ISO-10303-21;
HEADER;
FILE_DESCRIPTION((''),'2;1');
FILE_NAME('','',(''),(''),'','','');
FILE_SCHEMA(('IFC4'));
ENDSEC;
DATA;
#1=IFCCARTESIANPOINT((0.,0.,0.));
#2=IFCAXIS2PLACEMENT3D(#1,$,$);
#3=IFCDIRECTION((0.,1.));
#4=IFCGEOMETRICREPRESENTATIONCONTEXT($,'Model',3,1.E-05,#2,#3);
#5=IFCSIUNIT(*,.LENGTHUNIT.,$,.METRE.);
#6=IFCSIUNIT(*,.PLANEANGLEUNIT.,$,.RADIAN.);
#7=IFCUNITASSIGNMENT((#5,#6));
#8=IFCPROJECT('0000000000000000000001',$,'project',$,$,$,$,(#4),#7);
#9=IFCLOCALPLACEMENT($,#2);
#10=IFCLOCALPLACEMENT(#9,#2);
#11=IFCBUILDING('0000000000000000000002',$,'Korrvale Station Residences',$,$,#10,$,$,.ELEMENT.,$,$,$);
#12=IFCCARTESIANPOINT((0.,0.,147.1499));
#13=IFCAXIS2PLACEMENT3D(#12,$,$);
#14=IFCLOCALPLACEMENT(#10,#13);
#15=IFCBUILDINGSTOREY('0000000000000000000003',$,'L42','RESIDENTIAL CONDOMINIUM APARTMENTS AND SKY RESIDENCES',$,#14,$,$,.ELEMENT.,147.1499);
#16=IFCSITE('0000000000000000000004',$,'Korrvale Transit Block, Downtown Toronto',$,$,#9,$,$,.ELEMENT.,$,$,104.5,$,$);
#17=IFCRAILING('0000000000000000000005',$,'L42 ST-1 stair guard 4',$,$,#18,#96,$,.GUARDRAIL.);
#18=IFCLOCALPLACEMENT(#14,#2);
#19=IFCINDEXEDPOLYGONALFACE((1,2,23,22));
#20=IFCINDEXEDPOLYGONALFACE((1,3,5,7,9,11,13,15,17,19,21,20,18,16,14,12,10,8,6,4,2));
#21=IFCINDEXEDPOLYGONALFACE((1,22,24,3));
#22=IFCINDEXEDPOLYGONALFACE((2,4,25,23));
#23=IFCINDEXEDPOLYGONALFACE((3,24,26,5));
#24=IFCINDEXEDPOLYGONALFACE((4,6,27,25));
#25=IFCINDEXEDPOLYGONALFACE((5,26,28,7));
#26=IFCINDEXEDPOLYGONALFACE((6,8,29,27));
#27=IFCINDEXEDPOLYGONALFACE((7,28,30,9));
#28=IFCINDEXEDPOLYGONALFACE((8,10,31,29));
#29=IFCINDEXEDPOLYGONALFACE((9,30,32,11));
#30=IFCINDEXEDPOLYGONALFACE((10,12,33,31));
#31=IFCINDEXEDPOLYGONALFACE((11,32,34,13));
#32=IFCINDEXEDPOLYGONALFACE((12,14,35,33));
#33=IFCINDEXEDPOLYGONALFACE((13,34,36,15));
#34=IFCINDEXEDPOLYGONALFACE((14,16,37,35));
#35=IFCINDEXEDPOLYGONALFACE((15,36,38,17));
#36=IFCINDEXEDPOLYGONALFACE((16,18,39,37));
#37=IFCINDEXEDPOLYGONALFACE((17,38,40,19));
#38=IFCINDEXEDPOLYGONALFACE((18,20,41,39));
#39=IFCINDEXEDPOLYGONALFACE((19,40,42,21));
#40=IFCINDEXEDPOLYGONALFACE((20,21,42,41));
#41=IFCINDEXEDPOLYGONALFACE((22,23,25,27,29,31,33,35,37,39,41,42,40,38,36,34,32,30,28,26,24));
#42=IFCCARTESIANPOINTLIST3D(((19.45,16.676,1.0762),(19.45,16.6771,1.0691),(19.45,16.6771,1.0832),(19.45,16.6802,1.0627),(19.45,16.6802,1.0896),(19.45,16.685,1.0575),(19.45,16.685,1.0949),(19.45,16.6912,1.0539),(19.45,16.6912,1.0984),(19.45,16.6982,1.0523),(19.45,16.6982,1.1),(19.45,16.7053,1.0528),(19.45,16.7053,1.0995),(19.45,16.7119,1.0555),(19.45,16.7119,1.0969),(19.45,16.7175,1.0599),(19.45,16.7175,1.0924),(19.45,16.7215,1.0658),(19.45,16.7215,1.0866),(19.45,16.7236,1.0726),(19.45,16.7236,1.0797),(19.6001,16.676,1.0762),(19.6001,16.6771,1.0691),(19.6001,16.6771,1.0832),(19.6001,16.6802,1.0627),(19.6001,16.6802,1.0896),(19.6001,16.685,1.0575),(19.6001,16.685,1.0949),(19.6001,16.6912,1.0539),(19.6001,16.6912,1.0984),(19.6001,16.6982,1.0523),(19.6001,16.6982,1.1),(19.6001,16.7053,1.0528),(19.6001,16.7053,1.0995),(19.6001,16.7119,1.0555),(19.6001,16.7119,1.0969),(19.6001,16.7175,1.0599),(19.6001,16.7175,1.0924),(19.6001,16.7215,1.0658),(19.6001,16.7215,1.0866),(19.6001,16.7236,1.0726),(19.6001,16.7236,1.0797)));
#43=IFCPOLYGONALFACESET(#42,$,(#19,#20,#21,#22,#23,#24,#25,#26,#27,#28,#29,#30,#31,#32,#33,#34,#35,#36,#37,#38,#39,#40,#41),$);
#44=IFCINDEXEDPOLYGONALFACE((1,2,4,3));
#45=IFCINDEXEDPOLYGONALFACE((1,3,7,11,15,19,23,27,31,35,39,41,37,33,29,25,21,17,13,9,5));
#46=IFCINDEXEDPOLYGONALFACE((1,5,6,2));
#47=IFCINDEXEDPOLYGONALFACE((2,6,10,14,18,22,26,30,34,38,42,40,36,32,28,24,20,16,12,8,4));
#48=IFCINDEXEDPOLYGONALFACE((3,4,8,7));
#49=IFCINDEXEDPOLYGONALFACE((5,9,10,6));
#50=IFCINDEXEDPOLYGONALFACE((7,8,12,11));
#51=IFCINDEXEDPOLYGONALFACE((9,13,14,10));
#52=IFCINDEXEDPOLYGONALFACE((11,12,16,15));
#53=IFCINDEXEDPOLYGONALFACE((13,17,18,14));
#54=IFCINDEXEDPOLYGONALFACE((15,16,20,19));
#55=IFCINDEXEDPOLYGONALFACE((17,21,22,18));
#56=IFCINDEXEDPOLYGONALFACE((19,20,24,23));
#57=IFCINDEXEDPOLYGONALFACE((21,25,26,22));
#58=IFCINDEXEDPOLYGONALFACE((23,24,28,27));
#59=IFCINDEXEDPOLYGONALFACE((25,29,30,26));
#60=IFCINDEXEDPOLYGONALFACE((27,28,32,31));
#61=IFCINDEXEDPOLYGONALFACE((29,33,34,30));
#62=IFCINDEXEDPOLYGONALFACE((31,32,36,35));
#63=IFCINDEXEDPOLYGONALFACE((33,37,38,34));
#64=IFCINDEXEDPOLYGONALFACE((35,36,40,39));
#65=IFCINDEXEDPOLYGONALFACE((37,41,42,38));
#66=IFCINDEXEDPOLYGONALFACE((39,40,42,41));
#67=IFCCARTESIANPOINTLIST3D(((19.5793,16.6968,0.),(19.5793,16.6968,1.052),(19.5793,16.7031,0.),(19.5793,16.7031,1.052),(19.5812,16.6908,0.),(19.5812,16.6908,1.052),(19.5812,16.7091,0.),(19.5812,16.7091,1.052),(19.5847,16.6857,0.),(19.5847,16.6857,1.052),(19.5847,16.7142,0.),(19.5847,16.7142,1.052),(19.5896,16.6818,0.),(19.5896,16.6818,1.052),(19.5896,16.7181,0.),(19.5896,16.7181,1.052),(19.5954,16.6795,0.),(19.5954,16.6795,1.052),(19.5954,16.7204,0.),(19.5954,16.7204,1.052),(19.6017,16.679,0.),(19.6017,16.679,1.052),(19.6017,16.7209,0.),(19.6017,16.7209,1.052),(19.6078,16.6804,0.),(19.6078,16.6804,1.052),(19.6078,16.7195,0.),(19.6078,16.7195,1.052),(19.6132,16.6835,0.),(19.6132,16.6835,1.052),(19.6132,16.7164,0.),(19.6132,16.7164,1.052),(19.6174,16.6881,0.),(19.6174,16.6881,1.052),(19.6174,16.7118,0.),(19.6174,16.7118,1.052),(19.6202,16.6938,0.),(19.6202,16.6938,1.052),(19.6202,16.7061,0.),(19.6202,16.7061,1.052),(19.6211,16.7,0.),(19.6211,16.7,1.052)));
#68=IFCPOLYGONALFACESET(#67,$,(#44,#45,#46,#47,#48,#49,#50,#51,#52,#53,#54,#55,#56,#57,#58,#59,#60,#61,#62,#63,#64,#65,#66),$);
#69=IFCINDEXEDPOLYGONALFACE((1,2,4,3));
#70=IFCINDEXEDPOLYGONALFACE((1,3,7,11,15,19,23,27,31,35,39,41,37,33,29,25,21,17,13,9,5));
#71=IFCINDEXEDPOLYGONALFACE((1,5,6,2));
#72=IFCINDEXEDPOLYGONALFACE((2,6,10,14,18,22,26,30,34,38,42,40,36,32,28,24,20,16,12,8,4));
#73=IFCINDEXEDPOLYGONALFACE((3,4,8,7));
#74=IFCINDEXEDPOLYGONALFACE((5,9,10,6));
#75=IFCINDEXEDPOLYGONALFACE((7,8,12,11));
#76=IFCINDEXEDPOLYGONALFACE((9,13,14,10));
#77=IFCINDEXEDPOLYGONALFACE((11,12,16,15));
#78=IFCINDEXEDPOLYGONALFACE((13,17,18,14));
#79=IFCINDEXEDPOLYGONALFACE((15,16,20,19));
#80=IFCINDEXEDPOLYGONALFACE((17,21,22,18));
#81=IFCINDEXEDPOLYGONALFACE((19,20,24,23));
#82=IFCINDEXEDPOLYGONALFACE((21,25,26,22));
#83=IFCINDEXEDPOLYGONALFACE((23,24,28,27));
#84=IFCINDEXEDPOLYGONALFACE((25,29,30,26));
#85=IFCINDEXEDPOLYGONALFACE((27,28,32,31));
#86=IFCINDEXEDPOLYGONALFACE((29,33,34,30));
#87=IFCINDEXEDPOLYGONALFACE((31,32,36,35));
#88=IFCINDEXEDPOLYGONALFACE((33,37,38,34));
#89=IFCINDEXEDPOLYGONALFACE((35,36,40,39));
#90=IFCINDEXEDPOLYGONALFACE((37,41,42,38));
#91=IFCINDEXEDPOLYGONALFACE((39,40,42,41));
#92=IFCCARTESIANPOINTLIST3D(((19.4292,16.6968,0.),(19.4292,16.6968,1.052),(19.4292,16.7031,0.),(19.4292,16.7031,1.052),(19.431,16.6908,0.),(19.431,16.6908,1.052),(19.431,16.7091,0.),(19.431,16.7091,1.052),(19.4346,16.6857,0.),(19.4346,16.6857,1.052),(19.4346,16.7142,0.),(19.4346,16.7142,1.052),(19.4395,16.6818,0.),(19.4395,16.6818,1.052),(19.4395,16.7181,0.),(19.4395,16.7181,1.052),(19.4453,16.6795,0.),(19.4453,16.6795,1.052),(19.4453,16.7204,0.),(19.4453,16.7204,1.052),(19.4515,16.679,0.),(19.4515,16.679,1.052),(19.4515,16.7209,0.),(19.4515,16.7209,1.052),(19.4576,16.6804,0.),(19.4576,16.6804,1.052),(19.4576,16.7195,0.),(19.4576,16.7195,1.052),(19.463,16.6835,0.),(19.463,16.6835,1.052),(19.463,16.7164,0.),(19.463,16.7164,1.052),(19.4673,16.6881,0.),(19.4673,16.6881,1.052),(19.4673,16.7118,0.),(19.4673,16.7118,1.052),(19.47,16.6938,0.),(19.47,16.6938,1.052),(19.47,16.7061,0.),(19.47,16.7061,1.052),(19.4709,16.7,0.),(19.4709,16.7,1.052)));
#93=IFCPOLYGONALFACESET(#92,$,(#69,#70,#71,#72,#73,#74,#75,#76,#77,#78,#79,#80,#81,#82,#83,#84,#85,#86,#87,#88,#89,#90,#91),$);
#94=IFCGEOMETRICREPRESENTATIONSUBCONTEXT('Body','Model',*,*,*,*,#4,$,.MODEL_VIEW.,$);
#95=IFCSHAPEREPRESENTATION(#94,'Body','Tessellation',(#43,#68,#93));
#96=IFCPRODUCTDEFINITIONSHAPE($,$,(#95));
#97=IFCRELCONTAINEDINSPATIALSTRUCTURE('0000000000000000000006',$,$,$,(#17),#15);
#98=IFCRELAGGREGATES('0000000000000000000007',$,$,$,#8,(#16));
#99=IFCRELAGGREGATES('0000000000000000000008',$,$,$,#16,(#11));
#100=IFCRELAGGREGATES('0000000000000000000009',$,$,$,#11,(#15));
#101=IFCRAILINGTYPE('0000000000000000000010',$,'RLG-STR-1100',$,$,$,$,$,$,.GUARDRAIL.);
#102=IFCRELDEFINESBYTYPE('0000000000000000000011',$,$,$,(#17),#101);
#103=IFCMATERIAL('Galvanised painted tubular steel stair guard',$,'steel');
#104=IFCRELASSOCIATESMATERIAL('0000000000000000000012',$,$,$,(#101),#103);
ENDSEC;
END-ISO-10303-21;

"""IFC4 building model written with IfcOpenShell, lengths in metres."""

from ifc_helpers import new_model, si_unit, direction, frame, origin, origin_2d, place, context, subcontext, project, spatial, circle, extrude, material, type_object, element, save


model = new_model("IFC4")

# Units and contexts
model_context = context("Model", 3, precision=1e-05, world=origin(), true_north=direction((0.0, 1.0)))
body_context = subcontext(model_context, "Body", "Model", "MODEL_VIEW")
ifc_project = project(units=[si_unit("LENGTHUNIT", "METRE"), si_unit("PLANEANGLEUNIT", "RADIAN")], contexts=[model_context])

# Site, building, storey
site_placement = place(None, origin())
site = spatial("IfcSite", under=ifc_project, at=site_placement, Name="Korrvale Transit Block, Downtown Toronto", CompositionType="ELEMENT", RefElevation=104.5)
building_placement = place(site_placement, origin())
building = spatial("IfcBuilding", under=site, at=building_placement, Name="Korrvale Station Residences", CompositionType="ELEMENT")
storey_placement = place(building_placement, frame((0.0, 0.0, 147.1499)))
storey = spatial("IfcBuildingStorey", under=building, at=storey_placement, Name="L42", Description="RESIDENTIAL CONDOMINIUM APARTMENTS AND SKY RESIDENCES", CompositionType="ELEMENT", Elevation=147.1499)

# Railing
ifc_material_1 = material(Name="Galvanised painted tubular steel stair guard", Category="steel")
railing_type_1 = type_object("IfcRailingType", Name="RLG-STR-1100", PredefinedType="GUARDRAIL", material=ifc_material_1)
railing_1_placement = place(storey_placement, frame((19.6001, 16.7, 0.0)))
element("IfcRailing", 1, at=railing_1_placement, inside=storey, type_object=railing_type_1, Name="L42 ST-1 stair guard 4", PredefinedType="GUARDRAIL", context=body_context, shape_type="SweptSolid", body=[
    extrude(circle(Radius=0.0239, at=origin_2d()), frame((0.0, 0.0, 1.0762), z_axis=(-1.0, 0.0, 0.0), x_axis=(0.0, -1.0, 0.0)), (0.0, 0.0, 1.0), 0.1501),
    extrude(circle(Radius=0.021, at=origin_2d()), origin(), (0.0, 0.0, 1.0), 1.052),
    extrude(circle(Radius=0.021, at=origin_2d()), frame((-0.1501, 0.0, 0.0)), (0.0, 0.0, 1.0), 1.052),
])

save(model, "model.ifc")
